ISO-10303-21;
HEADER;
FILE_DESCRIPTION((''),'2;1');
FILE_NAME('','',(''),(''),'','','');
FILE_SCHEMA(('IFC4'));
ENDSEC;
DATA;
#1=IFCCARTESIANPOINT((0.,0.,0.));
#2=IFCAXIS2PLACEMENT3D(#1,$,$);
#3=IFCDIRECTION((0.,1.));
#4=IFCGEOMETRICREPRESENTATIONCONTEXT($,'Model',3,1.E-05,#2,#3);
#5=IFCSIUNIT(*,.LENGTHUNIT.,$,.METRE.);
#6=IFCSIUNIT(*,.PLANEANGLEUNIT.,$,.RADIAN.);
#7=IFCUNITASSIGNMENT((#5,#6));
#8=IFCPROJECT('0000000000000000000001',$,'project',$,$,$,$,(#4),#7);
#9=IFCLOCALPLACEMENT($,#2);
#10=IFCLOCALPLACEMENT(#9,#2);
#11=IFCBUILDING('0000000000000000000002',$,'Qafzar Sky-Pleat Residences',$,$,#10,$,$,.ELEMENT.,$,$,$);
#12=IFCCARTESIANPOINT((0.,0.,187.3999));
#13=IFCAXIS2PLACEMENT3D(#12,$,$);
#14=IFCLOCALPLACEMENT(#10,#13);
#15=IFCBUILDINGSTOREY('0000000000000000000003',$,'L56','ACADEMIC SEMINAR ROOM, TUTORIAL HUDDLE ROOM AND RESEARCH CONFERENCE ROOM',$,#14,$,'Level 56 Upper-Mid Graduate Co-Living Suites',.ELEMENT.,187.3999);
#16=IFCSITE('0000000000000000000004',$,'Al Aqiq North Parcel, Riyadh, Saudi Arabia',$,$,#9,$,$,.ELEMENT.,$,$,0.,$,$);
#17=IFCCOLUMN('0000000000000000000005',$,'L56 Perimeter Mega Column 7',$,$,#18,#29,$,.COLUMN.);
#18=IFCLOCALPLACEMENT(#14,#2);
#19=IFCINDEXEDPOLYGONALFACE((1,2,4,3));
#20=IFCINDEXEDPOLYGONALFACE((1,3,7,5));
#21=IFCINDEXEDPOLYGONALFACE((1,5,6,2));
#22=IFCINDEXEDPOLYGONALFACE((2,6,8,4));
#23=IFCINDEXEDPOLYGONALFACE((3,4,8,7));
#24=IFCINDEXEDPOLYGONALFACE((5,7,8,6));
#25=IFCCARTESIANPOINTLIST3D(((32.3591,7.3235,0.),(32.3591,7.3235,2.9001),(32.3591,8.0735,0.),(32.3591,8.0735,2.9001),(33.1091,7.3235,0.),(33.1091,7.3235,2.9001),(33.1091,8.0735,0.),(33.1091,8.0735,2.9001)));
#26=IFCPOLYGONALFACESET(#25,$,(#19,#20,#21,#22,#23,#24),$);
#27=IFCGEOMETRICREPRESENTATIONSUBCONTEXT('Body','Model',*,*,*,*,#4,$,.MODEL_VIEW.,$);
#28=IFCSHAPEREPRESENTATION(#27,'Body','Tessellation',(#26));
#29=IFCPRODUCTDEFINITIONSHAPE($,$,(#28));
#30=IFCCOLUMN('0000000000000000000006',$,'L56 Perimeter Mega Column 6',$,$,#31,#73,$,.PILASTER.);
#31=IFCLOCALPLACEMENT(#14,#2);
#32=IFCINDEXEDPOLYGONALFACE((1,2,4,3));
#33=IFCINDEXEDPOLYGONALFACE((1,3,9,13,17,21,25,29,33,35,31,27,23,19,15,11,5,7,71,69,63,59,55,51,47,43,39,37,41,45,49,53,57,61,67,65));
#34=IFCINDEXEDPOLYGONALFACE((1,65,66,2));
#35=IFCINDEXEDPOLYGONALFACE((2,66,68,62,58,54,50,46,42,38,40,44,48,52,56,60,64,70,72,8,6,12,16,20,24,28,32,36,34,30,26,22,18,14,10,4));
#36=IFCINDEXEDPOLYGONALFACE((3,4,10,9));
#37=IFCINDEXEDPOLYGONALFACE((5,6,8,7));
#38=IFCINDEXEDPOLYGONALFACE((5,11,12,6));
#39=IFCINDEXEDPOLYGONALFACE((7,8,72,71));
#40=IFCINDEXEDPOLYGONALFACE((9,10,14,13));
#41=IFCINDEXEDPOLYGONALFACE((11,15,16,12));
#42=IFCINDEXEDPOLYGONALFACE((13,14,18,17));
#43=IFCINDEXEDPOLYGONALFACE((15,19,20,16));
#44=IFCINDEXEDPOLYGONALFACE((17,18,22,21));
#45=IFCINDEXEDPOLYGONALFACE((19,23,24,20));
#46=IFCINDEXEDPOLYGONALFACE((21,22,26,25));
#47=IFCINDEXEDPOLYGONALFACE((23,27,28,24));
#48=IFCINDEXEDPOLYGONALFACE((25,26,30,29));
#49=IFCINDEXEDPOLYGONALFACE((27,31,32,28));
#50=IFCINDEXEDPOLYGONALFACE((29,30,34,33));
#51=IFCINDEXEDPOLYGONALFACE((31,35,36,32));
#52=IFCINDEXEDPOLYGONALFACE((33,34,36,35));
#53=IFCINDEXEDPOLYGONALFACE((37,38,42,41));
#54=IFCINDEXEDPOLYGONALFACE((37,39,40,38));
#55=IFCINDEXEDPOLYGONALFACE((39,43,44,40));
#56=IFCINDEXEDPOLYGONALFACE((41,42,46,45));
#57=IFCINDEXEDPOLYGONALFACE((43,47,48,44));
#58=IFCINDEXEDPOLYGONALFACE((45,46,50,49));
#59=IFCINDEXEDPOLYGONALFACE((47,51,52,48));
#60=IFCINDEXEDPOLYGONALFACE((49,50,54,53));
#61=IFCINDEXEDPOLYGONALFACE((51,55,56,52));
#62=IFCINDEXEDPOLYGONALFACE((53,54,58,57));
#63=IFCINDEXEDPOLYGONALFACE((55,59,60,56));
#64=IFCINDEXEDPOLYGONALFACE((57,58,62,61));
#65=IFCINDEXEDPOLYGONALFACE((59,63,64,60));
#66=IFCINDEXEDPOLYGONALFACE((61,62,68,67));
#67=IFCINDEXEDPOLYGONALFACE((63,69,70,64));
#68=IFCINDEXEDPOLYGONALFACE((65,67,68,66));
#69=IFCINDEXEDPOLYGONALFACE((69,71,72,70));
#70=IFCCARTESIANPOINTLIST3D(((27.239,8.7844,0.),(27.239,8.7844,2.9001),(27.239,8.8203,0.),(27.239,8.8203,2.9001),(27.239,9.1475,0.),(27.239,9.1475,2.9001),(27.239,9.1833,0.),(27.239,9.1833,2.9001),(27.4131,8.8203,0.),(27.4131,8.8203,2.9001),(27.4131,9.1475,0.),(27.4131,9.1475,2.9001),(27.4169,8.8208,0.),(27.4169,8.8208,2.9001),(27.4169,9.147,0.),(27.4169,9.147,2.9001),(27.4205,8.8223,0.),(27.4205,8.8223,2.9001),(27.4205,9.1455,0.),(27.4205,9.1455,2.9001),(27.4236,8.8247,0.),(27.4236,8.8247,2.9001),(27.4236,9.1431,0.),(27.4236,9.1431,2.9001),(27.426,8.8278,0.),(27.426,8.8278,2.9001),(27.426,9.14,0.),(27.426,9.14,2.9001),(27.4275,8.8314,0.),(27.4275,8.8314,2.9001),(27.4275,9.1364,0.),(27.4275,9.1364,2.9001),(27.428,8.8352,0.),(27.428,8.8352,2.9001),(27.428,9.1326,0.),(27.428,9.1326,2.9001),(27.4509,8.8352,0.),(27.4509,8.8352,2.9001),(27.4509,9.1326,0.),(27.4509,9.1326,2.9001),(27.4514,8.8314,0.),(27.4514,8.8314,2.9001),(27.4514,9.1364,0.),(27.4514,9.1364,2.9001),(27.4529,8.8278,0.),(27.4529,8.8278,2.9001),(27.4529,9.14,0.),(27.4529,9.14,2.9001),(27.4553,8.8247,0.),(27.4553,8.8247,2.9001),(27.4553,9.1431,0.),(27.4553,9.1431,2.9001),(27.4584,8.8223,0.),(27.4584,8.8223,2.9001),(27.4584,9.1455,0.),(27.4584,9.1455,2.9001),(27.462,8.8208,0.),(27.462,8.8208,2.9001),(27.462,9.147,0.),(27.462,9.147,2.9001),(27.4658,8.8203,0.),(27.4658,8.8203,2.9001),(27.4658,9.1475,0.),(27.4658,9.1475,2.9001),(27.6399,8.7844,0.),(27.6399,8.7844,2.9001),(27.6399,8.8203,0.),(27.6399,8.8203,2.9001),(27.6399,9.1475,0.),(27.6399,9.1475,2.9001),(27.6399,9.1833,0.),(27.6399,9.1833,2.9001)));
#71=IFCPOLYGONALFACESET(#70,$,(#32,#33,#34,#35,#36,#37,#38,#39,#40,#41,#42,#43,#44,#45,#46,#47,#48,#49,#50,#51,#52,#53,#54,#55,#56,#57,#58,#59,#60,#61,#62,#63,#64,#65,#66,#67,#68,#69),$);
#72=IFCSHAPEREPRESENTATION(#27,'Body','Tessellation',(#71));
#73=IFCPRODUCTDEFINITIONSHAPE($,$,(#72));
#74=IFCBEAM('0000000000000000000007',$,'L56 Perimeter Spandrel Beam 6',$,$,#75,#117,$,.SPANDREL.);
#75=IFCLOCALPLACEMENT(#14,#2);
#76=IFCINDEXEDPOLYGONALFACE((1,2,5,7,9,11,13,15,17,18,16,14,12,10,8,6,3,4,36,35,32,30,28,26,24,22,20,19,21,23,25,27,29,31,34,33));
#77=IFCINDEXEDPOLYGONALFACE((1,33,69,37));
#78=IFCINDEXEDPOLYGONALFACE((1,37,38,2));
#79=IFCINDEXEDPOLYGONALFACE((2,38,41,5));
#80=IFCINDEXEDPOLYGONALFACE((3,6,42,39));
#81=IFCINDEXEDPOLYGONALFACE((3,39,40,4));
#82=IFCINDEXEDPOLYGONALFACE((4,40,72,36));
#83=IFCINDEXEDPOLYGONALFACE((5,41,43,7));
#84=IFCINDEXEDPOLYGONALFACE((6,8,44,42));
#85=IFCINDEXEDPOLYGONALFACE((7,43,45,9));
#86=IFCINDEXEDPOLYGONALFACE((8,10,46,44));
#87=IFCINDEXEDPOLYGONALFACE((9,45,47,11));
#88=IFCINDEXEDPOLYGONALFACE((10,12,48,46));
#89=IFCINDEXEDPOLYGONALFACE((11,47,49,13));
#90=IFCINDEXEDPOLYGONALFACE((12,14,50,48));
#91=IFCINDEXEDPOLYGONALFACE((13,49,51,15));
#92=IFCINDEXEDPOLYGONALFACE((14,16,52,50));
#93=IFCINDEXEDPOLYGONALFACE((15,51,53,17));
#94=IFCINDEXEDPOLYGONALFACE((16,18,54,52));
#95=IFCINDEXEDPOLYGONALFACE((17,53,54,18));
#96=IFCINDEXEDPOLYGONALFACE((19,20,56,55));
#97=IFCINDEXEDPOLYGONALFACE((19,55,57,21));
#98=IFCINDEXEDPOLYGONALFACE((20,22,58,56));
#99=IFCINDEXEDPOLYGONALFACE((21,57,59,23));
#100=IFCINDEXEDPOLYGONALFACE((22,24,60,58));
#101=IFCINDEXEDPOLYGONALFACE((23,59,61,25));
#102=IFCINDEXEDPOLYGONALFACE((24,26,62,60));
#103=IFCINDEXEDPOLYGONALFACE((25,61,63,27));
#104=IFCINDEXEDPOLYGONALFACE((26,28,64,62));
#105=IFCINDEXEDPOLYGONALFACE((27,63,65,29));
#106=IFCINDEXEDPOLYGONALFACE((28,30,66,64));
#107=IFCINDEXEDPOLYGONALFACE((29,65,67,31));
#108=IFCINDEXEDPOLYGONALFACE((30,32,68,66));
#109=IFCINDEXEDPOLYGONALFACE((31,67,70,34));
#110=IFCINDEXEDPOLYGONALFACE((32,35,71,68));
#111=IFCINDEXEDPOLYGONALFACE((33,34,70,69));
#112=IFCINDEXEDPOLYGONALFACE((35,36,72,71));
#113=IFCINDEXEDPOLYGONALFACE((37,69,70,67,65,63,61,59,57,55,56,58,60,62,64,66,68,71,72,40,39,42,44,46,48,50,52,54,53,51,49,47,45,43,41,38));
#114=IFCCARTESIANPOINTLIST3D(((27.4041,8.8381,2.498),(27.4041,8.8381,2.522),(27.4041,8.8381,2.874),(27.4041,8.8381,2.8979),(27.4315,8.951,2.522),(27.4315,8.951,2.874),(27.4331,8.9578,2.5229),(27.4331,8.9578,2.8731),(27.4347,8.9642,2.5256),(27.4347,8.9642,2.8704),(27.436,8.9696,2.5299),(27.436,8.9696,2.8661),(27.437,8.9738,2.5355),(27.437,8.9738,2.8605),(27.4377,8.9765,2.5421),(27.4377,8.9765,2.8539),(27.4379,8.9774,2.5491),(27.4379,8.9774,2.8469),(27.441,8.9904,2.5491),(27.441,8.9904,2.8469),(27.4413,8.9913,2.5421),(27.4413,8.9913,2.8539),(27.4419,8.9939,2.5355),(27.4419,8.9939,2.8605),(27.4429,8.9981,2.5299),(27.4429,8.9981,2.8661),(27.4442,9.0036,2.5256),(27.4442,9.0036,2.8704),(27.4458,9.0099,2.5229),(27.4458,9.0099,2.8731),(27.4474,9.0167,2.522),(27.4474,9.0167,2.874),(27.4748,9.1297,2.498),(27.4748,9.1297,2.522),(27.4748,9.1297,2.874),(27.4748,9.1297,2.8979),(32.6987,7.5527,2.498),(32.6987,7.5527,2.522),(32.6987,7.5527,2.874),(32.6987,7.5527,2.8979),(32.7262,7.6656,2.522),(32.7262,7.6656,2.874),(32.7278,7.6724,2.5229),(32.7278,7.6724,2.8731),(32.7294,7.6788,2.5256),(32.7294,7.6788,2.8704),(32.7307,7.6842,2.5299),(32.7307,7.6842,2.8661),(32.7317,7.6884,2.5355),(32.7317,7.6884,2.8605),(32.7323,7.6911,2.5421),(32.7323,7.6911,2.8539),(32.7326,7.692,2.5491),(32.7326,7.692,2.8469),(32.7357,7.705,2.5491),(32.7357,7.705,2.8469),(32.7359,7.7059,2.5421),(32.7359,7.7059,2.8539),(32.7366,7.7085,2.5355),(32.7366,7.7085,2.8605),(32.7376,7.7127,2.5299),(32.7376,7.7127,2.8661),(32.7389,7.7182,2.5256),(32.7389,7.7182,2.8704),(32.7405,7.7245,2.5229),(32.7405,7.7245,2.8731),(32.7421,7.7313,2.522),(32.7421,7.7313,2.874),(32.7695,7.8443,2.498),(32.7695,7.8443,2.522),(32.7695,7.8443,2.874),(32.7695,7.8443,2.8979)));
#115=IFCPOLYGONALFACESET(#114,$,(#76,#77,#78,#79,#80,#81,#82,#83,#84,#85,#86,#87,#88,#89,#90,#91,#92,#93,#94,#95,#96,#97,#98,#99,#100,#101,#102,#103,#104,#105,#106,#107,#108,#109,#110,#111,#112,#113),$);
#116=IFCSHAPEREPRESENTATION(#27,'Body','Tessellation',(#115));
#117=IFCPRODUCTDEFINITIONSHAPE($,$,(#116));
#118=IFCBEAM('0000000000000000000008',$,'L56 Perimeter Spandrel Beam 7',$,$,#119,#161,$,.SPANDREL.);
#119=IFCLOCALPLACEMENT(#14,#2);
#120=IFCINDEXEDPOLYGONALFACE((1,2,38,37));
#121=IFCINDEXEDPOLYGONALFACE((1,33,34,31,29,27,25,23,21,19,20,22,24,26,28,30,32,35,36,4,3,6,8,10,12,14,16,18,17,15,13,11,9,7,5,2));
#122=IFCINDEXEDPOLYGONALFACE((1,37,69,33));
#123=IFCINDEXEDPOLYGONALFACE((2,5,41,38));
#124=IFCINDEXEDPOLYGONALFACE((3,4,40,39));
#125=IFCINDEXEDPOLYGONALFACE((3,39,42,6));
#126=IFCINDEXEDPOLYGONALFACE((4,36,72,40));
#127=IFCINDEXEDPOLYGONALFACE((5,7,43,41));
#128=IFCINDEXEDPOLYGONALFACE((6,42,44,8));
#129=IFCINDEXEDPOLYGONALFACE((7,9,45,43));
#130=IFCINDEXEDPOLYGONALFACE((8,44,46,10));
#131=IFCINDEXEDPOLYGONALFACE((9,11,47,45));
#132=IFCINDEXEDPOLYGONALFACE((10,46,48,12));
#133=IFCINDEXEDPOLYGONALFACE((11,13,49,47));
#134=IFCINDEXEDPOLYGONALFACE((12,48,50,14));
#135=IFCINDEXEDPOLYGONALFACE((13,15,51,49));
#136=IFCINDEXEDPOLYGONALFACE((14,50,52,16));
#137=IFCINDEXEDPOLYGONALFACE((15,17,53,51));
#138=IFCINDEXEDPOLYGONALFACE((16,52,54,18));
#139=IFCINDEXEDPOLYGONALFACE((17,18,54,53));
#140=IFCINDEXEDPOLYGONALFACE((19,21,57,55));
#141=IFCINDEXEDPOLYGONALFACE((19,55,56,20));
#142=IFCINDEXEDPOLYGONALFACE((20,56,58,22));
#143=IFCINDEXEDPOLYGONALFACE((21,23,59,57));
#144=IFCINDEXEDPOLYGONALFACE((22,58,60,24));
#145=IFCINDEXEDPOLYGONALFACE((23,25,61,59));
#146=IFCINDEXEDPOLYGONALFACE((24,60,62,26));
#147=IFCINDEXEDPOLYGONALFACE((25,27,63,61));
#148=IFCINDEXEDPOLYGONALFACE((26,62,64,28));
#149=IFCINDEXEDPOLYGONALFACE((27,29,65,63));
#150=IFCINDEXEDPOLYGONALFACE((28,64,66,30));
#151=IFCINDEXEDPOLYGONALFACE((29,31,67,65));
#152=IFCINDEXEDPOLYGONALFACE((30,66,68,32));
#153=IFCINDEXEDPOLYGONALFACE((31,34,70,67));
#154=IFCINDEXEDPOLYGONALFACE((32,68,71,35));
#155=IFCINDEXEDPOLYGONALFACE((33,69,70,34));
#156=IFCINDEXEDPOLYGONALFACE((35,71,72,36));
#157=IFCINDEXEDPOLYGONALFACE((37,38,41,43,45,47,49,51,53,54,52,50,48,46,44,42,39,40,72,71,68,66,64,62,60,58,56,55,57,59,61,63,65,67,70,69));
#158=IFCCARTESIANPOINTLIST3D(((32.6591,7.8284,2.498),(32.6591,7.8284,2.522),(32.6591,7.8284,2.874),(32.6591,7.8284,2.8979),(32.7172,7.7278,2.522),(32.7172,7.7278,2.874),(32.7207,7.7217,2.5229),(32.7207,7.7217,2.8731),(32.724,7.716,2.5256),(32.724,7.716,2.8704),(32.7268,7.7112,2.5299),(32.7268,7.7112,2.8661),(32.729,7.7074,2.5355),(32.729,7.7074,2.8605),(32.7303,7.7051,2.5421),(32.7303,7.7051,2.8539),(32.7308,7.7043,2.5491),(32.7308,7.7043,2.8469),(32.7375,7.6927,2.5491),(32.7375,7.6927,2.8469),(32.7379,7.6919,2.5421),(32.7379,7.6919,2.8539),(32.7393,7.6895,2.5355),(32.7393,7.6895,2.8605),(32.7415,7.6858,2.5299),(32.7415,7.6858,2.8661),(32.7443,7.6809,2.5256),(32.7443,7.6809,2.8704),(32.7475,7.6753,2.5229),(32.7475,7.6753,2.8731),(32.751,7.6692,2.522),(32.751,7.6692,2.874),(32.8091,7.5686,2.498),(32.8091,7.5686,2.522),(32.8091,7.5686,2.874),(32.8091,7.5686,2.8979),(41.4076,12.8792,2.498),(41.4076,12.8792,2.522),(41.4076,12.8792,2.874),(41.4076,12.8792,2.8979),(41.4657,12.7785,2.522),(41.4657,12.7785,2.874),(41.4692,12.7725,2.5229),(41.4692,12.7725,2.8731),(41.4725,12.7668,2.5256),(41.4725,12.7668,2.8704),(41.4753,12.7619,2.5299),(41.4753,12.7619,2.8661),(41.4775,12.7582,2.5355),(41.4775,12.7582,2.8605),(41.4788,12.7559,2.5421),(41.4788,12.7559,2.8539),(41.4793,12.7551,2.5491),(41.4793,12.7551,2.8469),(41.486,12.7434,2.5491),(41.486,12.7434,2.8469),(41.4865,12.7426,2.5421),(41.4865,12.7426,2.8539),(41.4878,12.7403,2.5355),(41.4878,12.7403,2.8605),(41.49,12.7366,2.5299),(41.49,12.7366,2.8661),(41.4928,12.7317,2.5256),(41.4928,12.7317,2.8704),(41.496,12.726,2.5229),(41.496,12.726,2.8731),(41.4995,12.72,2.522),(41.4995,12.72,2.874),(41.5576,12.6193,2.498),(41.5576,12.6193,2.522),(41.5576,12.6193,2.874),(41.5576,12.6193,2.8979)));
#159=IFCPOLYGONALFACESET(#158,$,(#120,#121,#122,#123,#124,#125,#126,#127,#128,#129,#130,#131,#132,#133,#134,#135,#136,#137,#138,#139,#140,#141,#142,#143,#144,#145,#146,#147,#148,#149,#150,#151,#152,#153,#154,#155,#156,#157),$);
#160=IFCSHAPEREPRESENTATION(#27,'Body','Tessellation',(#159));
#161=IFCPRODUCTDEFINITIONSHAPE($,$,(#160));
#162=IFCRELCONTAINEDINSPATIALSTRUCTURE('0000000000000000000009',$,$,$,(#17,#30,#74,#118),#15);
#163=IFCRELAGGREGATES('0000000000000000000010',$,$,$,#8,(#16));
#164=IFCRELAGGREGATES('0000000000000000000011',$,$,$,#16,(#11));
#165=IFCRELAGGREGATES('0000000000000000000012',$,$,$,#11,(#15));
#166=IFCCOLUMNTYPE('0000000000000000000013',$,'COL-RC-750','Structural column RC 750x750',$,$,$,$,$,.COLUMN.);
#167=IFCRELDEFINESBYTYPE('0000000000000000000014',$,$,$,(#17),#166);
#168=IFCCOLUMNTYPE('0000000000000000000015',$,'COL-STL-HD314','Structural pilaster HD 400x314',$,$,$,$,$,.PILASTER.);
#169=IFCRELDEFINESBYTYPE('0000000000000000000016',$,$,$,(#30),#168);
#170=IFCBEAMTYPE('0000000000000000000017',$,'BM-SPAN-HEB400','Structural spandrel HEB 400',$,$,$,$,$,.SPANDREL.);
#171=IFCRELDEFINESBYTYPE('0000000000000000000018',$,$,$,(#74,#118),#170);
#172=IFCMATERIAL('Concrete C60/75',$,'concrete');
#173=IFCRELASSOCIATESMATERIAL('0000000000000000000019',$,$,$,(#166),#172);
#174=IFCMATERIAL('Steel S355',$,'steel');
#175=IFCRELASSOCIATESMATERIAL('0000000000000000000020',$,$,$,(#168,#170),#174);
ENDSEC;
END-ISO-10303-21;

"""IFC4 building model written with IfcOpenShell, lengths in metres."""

from ifc_helpers import new_model, si_unit, direction, frame, origin, origin_2d, place, context, subcontext, project, spatial, rectangle, i_section, extrude, source, transform, mapped, material, material_profile, profile_set, type_object, element, save


model = new_model("IFC4")

# Units and contexts
model_context = context("Model", 3, precision=1e-05, world=origin(), true_north=direction((0.0, 1.0)))
body_context = subcontext(model_context, "Body", "Model", "MODEL_VIEW")
ifc_project = project(units=[si_unit("LENGTHUNIT", "METRE"), si_unit("PLANEANGLEUNIT", "RADIAN")], contexts=[model_context])

# Site, building, storey
site_placement = place(None, origin())
site = spatial("IfcSite", under=ifc_project, at=site_placement, Name="Al Aqiq North Parcel, Riyadh, Saudi Arabia", CompositionType="ELEMENT", RefElevation=0.0)
building_placement = place(site_placement, origin())
building = spatial("IfcBuilding", under=site, at=building_placement, Name="Qafzar Sky-Pleat Residences", CompositionType="ELEMENT")
storey_placement = place(building_placement, frame((0.0, 0.0, 187.3999)))
storey = spatial("IfcBuildingStorey", under=building, at=storey_placement, Name="L56", Description="ACADEMIC SEMINAR ROOM, TUTORIAL HUDDLE ROOM AND RESEARCH CONFERENCE ROOM", LongName="Level 56 Upper-Mid Graduate Co-Living Suites", CompositionType="ELEMENT", Elevation=187.3999)

# Columns
ifc_material_1 = material(Name="Concrete C60/75", Category="concrete")
ifc_material_profile_1 = material_profile(ifc_material_1, rectangle(XDim=0.75, YDim=0.75, at=origin_2d()), Name="RC 750x750")
ifc_profile_set_1 = profile_set([ifc_material_profile_1], Name="Concrete C60/75")
column_type_1 = type_object("IfcColumnType", Name="COL-RC-750", Description="Structural column RC 750x750", PredefinedType="COLUMN", material=ifc_profile_set_1)
shared_shape_1 = source(origin(), body_context, "Body", "SweptSolid", [
    extrude(rectangle(XDim=0.75, YDim=0.75, at=origin_2d()), origin(), (0.0, 0.0, 1.0), 2.9001),
])
column_1_placement = place(storey_placement, frame((32.7341, 7.6985, 0.0), z_axis=(0.0, 0.0, 1.0), x_axis=(1.0, 0.0, 0.0)))
element("IfcColumn", 1, at=column_1_placement, inside=storey, type_object=column_type_1, Name="L56 Perimeter Mega Column 7", PredefinedType="COLUMN", context=body_context, shape_type="MappedRepresentation", body=[
    mapped(shared_shape_1, transform((0.0, 0.0, 0.0), x_axis=(1.0, 0.0, 0.0), y_axis=(0.0, 1.0, 0.0), z_axis=(0.0, 0.0, 1.0), scale=1.0)),
])
ifc_material_2 = material(Name="Steel S355", Category="steel")
ifc_material_profile_2 = material_profile(ifc_material_2, i_section(OverallWidth=0.4009, OverallDepth=0.3989, WebThickness=0.0229, FlangeThickness=0.0359, FilletRadius=0.0149, at=origin_2d()), Name="HD 400x314")
ifc_profile_set_2 = profile_set([ifc_material_profile_2], Name="Steel S355")
column_type_2 = type_object("IfcColumnType", Name="COL-STL-HD314", Description="Structural pilaster HD 400x314", PredefinedType="PILASTER", material=ifc_profile_set_2)
shared_shape_2 = source(origin(), body_context, "Body", "SweptSolid", [
    extrude(i_section(OverallWidth=0.4009, OverallDepth=0.3989, WebThickness=0.0229, FlangeThickness=0.0359, FilletRadius=0.0149, at=origin_2d()), origin(), (0.0, 0.0, 1.0), 2.9001),
])
column_2_placement = place(storey_placement, frame((27.4395, 8.9839, 0.0), z_axis=(0.0, 0.0, 1.0), x_axis=(1.0, 0.0, 0.0)))
element("IfcColumn", 2, at=column_2_placement, inside=storey, type_object=column_type_2, Name="L56 Perimeter Mega Column 6", PredefinedType="PILASTER", context=body_context, shape_type="MappedRepresentation", body=[
    mapped(shared_shape_2, transform((0.0, 0.0, 0.0), x_axis=(1.0, 0.0, 0.0), y_axis=(0.0, 1.0, 0.0), z_axis=(0.0, 0.0, 1.0), scale=1.0)),
])

# Beams
ifc_material_profile_3 = material_profile(ifc_material_2, i_section(OverallWidth=0.3, OverallDepth=0.3999, WebThickness=0.0134, FlangeThickness=0.0239, FilletRadius=0.0271, at=origin_2d()), Name="HEB 400")
ifc_profile_set_3 = profile_set([ifc_material_profile_3], Name="Steel S355")
beam_type_1 = type_object("IfcBeamType", Name="BM-SPAN-HEB400", Description="Structural spandrel HEB 400", PredefinedType="SPANDREL", material=ifc_profile_set_3)
shared_shape_3 = source(origin(), body_context, "Body", "SweptSolid", [
    extrude(i_section(OverallWidth=0.3, OverallDepth=0.3999, WebThickness=0.0134, FlangeThickness=0.0239, FilletRadius=0.0271, at=origin_2d()), origin(), (0.0, 0.0, 1.0), 5.4485),
])
beam_1_placement = place(storey_placement, frame((27.4395, 8.9839, 2.698), z_axis=(0.971773, -0.235919, 0.0), x_axis=(0.235919, 0.971773, 0.0)))
element("IfcBeam", 3, at=beam_1_placement, inside=storey, type_object=beam_type_1, Name="L56 Perimeter Spandrel Beam 6", PredefinedType="SPANDREL", context=body_context, shape_type="MappedRepresentation", body=[
    mapped(shared_shape_3, transform((0.0, 0.0, 0.0), x_axis=(1.0, 0.0, 0.0), y_axis=(0.0, 1.0, 0.0), z_axis=(0.0, 0.0, 1.0), scale=1.0)),
])
shared_shape_4 = source(origin(), body_context, "Body", "SweptSolid", [
    extrude(i_section(OverallWidth=0.3, OverallDepth=0.3999, WebThickness=0.0134, FlangeThickness=0.0239, FilletRadius=0.0271, at=origin_2d()), origin(), (0.0, 0.0, 1.0), 10.1018),
])
beam_2_placement = place(storey_placement, frame((32.7341, 7.6985, 2.698), z_axis=(0.866033, 0.499986, 0.0), x_axis=(-0.499986, 0.866033, 0.0)))
element("IfcBeam", 4, at=beam_2_placement, inside=storey, type_object=beam_type_1, Name="L56 Perimeter Spandrel Beam 7", PredefinedType="SPANDREL", context=body_context, shape_type="MappedRepresentation", body=[
    mapped(shared_shape_4, transform((0.0, 0.0, 0.0), x_axis=(1.0, 0.0, 0.0), y_axis=(0.0, 1.0, 0.0), z_axis=(0.0, 0.0, 1.0), scale=1.0)),
])

save(model, "model.ifc")
